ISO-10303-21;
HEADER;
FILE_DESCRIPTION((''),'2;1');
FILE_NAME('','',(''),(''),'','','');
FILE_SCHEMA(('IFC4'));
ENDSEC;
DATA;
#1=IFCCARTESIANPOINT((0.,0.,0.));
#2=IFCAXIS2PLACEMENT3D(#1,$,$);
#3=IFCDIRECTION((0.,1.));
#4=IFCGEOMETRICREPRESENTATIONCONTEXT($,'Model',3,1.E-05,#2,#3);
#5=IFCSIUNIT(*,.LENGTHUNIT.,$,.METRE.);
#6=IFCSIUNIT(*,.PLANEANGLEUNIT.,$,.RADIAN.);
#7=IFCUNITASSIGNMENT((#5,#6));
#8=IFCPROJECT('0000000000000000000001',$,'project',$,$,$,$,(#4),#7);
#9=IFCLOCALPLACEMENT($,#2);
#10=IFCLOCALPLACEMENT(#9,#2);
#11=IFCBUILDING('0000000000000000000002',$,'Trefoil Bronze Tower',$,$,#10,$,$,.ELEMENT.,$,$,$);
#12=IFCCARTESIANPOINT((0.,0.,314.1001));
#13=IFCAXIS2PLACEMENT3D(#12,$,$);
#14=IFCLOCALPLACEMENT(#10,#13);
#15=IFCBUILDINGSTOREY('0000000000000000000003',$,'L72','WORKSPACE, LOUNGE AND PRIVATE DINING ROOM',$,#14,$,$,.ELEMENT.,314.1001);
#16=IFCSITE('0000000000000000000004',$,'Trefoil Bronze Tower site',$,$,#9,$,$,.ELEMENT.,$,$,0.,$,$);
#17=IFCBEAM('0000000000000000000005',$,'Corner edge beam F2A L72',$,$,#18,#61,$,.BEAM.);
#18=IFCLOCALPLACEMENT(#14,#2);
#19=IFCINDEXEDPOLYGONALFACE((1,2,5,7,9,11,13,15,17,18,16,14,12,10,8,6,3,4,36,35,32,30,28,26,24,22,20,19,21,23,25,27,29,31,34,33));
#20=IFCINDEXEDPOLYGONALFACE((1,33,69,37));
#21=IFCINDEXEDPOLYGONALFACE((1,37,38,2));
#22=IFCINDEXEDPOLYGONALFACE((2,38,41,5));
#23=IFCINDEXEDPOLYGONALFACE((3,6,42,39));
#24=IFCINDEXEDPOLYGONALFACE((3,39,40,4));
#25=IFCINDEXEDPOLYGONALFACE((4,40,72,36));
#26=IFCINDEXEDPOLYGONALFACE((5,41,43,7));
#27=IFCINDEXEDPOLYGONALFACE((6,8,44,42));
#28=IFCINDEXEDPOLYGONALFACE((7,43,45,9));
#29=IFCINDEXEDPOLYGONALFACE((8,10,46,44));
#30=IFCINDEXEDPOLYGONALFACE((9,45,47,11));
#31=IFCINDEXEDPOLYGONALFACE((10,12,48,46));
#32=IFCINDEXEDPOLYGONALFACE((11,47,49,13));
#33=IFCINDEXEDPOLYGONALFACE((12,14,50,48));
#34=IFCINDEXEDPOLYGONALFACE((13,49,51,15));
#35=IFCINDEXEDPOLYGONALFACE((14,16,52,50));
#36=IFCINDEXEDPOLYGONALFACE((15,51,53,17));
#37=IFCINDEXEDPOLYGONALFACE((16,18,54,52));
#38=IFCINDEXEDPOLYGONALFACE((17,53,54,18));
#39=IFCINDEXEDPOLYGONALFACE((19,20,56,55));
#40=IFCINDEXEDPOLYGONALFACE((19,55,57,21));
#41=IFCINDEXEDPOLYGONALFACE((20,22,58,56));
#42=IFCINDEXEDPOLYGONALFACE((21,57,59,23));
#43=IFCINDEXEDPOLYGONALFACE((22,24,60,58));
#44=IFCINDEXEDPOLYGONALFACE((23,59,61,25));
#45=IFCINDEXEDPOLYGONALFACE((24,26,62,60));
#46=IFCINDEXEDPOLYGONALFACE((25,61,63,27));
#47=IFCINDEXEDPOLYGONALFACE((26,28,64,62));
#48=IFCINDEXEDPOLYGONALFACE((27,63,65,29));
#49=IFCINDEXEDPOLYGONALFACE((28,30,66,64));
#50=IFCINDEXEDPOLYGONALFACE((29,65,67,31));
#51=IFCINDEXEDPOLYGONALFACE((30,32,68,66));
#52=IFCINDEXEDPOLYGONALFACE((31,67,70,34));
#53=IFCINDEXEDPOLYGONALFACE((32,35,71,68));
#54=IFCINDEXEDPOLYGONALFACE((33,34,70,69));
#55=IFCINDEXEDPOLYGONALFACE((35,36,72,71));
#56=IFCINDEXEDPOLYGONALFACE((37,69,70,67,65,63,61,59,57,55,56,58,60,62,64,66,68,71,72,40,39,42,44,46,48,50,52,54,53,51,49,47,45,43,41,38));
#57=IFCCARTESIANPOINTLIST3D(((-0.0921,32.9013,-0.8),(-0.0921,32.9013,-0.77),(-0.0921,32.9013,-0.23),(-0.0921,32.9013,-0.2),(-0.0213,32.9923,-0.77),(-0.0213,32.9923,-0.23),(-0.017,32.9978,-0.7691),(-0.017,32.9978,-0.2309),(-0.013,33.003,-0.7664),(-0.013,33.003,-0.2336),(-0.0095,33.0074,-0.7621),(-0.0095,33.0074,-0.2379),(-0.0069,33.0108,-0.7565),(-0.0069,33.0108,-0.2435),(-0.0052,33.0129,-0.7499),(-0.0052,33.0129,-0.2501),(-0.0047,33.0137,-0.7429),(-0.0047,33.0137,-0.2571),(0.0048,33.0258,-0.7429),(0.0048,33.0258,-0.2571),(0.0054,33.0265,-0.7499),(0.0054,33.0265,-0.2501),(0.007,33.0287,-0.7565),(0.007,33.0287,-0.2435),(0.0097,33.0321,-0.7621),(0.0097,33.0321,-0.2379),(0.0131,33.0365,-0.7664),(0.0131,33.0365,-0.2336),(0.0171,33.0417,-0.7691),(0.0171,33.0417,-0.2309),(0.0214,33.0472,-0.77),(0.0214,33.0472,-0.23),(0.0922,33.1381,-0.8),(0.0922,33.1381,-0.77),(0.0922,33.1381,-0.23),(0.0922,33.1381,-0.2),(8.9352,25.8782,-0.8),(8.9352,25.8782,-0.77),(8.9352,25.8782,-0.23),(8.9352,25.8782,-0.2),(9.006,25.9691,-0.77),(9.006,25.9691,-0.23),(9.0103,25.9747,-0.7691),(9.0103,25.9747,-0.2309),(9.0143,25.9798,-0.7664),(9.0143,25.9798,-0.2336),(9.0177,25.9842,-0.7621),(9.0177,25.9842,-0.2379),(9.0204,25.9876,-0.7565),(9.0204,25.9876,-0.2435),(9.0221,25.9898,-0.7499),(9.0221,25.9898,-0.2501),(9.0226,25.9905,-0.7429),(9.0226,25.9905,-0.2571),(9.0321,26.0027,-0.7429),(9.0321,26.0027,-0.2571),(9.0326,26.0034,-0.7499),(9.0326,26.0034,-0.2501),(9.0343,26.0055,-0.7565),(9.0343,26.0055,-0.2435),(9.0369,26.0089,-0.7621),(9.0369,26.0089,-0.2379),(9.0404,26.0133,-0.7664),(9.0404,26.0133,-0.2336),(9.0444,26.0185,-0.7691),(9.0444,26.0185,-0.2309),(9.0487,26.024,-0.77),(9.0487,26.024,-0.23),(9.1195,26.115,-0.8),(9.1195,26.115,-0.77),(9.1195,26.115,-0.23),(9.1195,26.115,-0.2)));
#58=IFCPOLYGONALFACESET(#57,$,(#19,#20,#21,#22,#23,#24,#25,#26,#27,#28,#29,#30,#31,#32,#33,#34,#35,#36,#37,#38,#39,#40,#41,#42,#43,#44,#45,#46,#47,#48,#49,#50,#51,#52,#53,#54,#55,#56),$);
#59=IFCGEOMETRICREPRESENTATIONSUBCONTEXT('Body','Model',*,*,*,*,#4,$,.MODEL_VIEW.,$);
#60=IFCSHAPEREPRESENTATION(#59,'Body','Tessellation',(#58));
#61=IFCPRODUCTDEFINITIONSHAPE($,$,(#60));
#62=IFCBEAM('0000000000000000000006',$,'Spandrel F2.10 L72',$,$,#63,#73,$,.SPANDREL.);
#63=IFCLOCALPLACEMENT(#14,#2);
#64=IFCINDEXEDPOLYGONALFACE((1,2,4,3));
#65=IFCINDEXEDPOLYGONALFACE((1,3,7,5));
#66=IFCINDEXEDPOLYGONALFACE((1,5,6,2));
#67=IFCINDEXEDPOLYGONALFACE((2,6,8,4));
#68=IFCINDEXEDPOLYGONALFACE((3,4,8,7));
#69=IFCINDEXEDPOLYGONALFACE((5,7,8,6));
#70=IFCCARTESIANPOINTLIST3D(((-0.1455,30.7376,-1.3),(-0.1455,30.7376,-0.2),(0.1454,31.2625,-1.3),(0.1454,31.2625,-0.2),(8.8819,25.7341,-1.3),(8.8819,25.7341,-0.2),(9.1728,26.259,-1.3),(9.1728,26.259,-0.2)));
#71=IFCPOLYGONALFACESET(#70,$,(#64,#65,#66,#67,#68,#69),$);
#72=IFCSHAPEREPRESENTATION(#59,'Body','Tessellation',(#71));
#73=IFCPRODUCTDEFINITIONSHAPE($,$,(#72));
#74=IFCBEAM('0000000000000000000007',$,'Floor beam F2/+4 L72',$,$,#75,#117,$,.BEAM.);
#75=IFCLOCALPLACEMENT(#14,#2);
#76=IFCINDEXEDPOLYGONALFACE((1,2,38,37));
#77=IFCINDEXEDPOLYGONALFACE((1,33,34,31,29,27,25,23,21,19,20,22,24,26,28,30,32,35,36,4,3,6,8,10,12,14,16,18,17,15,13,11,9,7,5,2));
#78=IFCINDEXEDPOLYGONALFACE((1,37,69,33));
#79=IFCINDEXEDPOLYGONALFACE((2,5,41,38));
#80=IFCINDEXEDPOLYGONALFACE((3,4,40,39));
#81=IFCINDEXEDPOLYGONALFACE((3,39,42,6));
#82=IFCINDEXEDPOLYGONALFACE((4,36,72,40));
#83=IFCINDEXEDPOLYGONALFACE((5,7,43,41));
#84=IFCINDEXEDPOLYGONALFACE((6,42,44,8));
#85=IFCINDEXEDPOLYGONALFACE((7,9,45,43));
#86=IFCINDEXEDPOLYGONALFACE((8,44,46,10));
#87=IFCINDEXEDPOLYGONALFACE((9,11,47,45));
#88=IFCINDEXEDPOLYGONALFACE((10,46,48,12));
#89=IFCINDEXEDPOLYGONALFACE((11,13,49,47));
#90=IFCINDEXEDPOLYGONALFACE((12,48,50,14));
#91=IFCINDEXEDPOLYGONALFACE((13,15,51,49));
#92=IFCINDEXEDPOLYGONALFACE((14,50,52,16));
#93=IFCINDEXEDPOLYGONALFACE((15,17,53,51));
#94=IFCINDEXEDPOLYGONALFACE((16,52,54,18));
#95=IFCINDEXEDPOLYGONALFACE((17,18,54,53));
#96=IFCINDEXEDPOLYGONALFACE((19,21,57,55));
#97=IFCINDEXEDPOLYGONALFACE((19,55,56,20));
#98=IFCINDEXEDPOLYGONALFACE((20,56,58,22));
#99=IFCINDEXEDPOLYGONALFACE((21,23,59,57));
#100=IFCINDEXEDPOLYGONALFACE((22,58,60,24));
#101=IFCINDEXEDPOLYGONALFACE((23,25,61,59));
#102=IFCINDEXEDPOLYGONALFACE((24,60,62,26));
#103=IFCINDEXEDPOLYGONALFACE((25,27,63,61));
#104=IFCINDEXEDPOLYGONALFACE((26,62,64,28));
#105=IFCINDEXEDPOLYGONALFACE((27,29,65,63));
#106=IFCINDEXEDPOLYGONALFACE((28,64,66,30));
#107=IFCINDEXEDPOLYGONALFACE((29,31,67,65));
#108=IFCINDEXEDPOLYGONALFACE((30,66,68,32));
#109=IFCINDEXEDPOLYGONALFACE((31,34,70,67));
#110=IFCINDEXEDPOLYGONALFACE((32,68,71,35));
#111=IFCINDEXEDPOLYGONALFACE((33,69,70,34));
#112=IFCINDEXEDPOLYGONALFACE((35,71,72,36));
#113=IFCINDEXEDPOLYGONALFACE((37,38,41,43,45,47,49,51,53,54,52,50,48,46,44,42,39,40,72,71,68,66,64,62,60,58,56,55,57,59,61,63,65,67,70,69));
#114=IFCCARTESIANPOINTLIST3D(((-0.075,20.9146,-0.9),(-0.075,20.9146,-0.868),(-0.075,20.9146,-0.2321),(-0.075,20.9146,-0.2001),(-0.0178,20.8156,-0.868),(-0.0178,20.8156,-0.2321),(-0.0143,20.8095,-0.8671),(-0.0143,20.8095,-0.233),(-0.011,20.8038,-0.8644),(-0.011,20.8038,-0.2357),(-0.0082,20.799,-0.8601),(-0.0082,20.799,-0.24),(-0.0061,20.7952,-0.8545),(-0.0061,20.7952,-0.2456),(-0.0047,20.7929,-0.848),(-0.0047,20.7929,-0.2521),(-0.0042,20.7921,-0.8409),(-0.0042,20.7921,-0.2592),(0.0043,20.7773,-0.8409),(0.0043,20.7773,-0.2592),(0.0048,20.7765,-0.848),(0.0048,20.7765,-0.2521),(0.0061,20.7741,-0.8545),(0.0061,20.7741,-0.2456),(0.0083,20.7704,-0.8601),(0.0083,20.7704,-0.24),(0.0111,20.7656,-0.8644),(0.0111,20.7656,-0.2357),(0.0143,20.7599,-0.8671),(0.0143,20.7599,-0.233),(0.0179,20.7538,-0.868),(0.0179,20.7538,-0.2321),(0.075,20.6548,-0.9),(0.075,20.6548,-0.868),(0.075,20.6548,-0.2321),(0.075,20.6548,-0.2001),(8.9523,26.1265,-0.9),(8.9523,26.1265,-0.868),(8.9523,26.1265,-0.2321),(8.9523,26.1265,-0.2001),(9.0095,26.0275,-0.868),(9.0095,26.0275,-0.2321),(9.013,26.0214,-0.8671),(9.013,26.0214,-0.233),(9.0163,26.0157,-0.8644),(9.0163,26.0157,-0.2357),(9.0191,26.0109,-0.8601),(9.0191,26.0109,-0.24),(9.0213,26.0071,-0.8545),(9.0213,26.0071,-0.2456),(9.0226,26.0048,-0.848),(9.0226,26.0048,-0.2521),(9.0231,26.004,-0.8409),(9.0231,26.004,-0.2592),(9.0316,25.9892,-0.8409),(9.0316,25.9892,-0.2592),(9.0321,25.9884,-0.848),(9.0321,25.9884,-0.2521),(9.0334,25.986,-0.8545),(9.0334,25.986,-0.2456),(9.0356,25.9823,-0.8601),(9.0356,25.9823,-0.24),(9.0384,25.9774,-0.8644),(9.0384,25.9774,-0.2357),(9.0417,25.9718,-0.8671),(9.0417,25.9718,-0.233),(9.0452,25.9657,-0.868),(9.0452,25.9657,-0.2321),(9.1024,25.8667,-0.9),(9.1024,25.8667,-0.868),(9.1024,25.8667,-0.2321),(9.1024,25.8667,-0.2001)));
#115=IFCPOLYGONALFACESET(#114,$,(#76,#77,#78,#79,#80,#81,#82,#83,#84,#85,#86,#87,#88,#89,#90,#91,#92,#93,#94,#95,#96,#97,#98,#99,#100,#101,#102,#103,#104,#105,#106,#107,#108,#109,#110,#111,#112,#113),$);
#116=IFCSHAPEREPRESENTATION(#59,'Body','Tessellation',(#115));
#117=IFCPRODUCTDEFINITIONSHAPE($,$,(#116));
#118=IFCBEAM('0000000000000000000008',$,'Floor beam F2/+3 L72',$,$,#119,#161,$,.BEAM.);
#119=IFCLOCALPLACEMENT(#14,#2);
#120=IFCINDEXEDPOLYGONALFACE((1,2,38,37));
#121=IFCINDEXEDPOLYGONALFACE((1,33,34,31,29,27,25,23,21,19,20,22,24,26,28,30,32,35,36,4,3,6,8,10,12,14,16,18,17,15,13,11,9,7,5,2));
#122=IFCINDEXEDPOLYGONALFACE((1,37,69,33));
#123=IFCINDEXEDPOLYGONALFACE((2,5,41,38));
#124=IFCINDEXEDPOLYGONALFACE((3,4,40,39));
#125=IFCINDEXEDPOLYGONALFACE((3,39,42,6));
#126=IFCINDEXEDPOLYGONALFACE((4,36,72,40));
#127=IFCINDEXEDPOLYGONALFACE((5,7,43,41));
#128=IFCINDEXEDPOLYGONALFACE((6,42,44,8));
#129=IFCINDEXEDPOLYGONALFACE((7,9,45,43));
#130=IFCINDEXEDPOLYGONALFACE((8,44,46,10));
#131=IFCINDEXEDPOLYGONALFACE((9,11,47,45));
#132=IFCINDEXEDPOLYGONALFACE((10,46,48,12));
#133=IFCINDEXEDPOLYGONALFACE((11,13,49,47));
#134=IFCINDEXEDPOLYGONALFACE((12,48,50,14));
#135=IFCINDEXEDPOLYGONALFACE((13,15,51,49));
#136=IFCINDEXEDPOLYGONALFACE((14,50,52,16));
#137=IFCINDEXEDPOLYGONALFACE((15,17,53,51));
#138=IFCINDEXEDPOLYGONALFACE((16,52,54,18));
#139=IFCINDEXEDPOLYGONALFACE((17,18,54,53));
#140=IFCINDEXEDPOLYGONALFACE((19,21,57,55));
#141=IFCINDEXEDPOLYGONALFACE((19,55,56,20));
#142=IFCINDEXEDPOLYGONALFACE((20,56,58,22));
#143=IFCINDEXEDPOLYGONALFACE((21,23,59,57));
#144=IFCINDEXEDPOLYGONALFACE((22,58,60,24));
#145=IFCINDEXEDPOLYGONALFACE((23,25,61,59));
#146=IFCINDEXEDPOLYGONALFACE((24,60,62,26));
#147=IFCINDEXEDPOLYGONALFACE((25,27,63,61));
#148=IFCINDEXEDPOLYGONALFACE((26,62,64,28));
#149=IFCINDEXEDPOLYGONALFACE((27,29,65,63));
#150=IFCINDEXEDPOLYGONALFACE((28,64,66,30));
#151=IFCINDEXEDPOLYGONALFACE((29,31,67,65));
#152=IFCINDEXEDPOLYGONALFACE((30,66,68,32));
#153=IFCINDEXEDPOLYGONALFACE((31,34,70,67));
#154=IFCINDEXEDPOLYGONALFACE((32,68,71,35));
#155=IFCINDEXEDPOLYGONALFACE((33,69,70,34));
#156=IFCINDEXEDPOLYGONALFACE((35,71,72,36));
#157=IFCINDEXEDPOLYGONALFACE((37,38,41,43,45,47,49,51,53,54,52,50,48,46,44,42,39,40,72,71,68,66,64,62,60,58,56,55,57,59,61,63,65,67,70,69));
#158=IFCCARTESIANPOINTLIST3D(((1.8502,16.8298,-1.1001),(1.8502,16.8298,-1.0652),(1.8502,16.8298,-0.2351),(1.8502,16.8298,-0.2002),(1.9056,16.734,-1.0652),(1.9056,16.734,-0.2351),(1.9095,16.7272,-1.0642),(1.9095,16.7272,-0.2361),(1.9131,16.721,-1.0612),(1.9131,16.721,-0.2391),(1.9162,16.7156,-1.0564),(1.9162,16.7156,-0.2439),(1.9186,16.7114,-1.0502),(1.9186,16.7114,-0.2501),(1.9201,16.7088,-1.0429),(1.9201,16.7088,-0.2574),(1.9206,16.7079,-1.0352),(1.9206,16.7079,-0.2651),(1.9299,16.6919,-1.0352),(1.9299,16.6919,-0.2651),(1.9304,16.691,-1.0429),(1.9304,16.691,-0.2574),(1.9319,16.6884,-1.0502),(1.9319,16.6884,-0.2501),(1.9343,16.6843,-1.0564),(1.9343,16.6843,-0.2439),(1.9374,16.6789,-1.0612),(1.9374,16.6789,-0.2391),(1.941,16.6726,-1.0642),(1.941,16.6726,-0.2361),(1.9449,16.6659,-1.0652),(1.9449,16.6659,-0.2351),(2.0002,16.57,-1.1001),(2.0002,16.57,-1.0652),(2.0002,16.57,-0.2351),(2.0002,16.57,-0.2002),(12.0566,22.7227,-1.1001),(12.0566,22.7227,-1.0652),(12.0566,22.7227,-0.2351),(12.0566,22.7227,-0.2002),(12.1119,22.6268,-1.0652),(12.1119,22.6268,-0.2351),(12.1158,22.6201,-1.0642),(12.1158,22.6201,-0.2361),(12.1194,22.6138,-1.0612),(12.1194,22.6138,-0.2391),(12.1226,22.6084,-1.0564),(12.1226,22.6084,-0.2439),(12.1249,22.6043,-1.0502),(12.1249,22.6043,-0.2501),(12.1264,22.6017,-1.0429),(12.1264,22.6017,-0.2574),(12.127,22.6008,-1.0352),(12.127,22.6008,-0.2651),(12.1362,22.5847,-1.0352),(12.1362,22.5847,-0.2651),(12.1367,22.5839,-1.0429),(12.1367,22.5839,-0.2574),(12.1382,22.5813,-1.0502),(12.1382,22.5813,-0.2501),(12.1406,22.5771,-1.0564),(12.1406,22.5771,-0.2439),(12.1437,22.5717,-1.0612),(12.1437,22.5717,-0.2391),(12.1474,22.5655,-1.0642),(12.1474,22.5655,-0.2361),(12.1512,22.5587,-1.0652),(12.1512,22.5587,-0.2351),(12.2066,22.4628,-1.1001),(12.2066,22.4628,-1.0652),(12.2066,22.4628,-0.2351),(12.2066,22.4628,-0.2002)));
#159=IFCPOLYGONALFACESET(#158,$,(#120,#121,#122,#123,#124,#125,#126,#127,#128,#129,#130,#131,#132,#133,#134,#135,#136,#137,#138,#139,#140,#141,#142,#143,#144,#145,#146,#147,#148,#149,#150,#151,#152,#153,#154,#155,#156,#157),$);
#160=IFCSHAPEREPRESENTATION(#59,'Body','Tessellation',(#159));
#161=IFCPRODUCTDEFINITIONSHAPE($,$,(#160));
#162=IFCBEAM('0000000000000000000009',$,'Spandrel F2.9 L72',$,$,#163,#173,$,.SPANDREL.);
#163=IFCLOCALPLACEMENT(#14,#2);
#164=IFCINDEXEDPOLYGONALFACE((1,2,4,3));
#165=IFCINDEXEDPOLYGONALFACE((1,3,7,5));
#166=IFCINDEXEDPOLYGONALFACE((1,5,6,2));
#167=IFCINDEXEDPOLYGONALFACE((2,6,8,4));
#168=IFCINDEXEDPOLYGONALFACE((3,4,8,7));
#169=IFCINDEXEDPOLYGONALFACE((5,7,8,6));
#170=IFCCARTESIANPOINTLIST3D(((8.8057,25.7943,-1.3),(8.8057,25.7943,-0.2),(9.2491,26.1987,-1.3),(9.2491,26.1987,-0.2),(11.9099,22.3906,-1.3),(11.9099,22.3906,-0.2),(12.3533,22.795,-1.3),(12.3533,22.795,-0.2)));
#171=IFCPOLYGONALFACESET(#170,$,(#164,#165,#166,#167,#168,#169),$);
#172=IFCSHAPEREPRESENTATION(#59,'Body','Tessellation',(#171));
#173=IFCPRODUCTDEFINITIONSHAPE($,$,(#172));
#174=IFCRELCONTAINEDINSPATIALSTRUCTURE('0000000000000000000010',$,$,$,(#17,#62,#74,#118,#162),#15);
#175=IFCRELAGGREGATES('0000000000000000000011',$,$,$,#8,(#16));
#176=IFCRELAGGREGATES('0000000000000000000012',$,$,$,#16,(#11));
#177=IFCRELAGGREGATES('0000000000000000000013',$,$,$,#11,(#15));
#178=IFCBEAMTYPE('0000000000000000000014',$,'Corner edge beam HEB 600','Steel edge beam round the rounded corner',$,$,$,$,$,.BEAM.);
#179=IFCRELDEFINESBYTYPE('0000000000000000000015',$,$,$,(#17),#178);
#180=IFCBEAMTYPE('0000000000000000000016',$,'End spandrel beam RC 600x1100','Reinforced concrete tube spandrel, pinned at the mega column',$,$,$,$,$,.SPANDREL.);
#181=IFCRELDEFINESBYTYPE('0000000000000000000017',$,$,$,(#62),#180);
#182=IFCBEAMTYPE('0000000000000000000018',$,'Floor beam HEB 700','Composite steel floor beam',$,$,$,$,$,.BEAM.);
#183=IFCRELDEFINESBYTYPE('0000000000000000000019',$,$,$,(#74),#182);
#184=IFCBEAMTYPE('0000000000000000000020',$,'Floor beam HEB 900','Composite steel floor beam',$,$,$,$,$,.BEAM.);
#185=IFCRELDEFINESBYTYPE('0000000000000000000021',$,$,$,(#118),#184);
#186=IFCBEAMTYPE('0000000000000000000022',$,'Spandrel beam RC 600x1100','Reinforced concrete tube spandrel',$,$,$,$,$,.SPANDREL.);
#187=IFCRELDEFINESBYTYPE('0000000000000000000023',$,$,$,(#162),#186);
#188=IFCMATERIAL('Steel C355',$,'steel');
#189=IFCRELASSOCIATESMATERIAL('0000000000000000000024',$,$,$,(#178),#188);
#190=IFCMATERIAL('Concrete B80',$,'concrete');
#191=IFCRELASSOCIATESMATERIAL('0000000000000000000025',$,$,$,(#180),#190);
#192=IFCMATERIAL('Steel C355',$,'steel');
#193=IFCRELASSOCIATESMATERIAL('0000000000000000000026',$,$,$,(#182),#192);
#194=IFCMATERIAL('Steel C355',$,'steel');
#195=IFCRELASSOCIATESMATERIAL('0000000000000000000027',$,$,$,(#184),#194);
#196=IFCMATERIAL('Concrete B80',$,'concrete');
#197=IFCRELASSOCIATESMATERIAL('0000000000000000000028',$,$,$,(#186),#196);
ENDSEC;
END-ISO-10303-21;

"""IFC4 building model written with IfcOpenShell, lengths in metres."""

from ifc_helpers import new_model, si_unit, direction, frame, origin, origin_2d, place, context, subcontext, project, spatial, rectangle, i_section, extrude, material, material_profile, profile_set, type_object, element, save


model = new_model("IFC4")

# Units and contexts
model_context = context("Model", 3, precision=1e-05, world=origin(), true_north=direction((0.0, 1.0)))
body_context = subcontext(model_context, "Body", "Model", "MODEL_VIEW")
ifc_project = project(units=[si_unit("LENGTHUNIT", "METRE"), si_unit("PLANEANGLEUNIT", "RADIAN")], contexts=[model_context])

# Site, building, storey
site_placement = place(None, origin())
site = spatial("IfcSite", under=ifc_project, at=site_placement, Name="Trefoil Bronze Tower site", CompositionType="ELEMENT", RefElevation=0.0)
building_placement = place(site_placement, origin())
building = spatial("IfcBuilding", under=site, at=building_placement, Name="Trefoil Bronze Tower", CompositionType="ELEMENT")
storey_placement = place(building_placement, frame((0.0, 0.0, 314.1001)))
storey = spatial("IfcBuildingStorey", under=building, at=storey_placement, Name="L72", Description="WORKSPACE, LOUNGE AND PRIVATE DINING ROOM", CompositionType="ELEMENT", Elevation=314.1001)

# Beams
ifc_material_1 = material(Name="Steel C355", Category="steel")
ifc_material_profile_1 = material_profile(ifc_material_1, i_section(OverallWidth=0.3, OverallDepth=0.6001, WebThickness=0.0154, FlangeThickness=0.03, FilletRadius=0.0271, at=origin_2d()), Name="HEB 600")
ifc_profile_set_1 = profile_set([ifc_material_profile_1], Name="Steel C355")
beam_type_1 = type_object("IfcBeamType", Name="Corner edge beam HEB 600", Description="Steel edge beam round the rounded corner", PredefinedType="BEAM", material=ifc_profile_set_1)
beam_1_placement = place(storey_placement, frame((9.0273, 25.9966, -0.5), z_axis=(-0.789271, 0.614046, 0.0), x_axis=(-0.614046, -0.789271, 0.0)))
element("IfcBeam", 1, at=beam_1_placement, inside=storey, type_object=beam_type_1, Name="Corner edge beam F2A L72", PredefinedType="BEAM", context=body_context, shape_type="SweptSolid", body=[
    extrude(i_section(OverallWidth=0.3, OverallDepth=0.6001, WebThickness=0.0154, FlangeThickness=0.03, FilletRadius=0.0271, at=origin_2d()), origin(), (0.0, 0.0, 1.0), 11.4375),
])
ifc_material_2 = material(Name="Concrete B80", Category="concrete")
ifc_material_profile_2 = material_profile(ifc_material_2, rectangle(XDim=0.6001, YDim=1.1001, at=origin_2d()), Name="RC 600x1100")
ifc_profile_set_2 = profile_set([ifc_material_profile_2], Name="Concrete B80")
beam_type_2 = type_object("IfcBeamType", Name="End spandrel beam RC 600x1100", Description="Reinforced concrete tube spandrel, pinned at the mega column", PredefinedType="SPANDREL", material=ifc_profile_set_2)
beam_2_placement = place(storey_placement, frame((9.0273, 25.9966, -0.75), z_axis=(-0.874641, 0.484771, 0.0), x_axis=(-0.484771, -0.874641, 0.0)))
element("IfcBeam", 2, at=beam_2_placement, inside=storey, type_object=beam_type_2, Name="Spandrel F2.10 L72", PredefinedType="SPANDREL", context=body_context, shape_type="SweptSolid", body=[
    extrude(rectangle(XDim=0.6001, YDim=1.1001, at=origin_2d()), origin(), (0.0, 0.0, 1.0), 10.3213),
])
ifc_material_3 = material(Name="Steel C355", Category="steel")
ifc_material_profile_3 = material_profile(ifc_material_3, i_section(OverallWidth=0.3, OverallDepth=0.7, WebThickness=0.0171, FlangeThickness=0.032, FilletRadius=0.0271, at=origin_2d()), Name="HEB 700")
ifc_profile_set_3 = profile_set([ifc_material_profile_3], Name="Steel C355")
beam_type_3 = type_object("IfcBeamType", Name="Floor beam HEB 700", Description="Composite steel floor beam", PredefinedType="BEAM", material=ifc_profile_set_3)
beam_3_placement = place(storey_placement, frame((9.0273, 25.9966, -0.55), z_axis=(-0.866026, -0.499998, 0.0), x_axis=(0.499998, -0.866026, 0.0)))
element("IfcBeam", 3, at=beam_3_placement, inside=storey, type_object=beam_type_3, Name="Floor beam F2/+4 L72", PredefinedType="BEAM", context=body_context, shape_type="SweptSolid", body=[
    extrude(i_section(OverallWidth=0.3, OverallDepth=0.7, WebThickness=0.0171, FlangeThickness=0.032, FilletRadius=0.0271, at=origin_2d()), origin(), (0.0, 0.0, 1.0), 10.4238),
])
ifc_material_4 = material(Name="Steel C355", Category="steel")
ifc_material_profile_4 = material_profile(ifc_material_4, i_section(OverallWidth=0.3, OverallDepth=0.8999, WebThickness=0.0186, FlangeThickness=0.0349, FilletRadius=0.03, at=origin_2d()), Name="HEB 900")
ifc_profile_set_4 = profile_set([ifc_material_profile_4], Name="Steel C355")
beam_type_4 = type_object("IfcBeamType", Name="Floor beam HEB 900", Description="Composite steel floor beam", PredefinedType="BEAM", material=ifc_profile_set_4)
beam_4_placement = place(storey_placement, frame((12.1316, 22.5928, -0.6501), z_axis=(-0.866018, -0.500014, 0.0), x_axis=(0.500014, -0.866018, 0.0)))
element("IfcBeam", 4, at=beam_4_placement, inside=storey, type_object=beam_type_4, Name="Floor beam F2/+3 L72", PredefinedType="BEAM", context=body_context, shape_type="SweptSolid", body=[
    extrude(i_section(OverallWidth=0.3, OverallDepth=0.8999, WebThickness=0.0186, FlangeThickness=0.0349, FilletRadius=0.03, at=origin_2d()), origin(), (0.0, 0.0, 1.0), 11.7854),
])
ifc_material_5 = material(Name="Concrete B80", Category="concrete")
ifc_material_profile_5 = material_profile(ifc_material_5, rectangle(XDim=0.6001, YDim=1.1001, at=origin_2d()), Name="RC 600x1100")
ifc_profile_set_5 = profile_set([ifc_material_profile_5], Name="Concrete B80")
beam_type_5 = type_object("IfcBeamType", Name="Spandrel beam RC 600x1100", Description="Reinforced concrete tube spandrel", PredefinedType="SPANDREL", material=ifc_profile_set_5)
beam_5_placement = place(storey_placement, frame((12.1316, 22.5928, -0.75), z_axis=(-0.673846, 0.738872, 0.0), x_axis=(-0.738872, -0.673846, 0.0)))
element("IfcBeam", 5, at=beam_5_placement, inside=storey, type_object=beam_type_5, Name="Spandrel F2.9 L72", PredefinedType="SPANDREL", context=body_context, shape_type="SweptSolid", body=[
    extrude(rectangle(XDim=0.6001, YDim=1.1001, at=origin_2d()), origin(), (0.0, 0.0, 1.0), 4.6067),
])

save(model, "model.ifc")
